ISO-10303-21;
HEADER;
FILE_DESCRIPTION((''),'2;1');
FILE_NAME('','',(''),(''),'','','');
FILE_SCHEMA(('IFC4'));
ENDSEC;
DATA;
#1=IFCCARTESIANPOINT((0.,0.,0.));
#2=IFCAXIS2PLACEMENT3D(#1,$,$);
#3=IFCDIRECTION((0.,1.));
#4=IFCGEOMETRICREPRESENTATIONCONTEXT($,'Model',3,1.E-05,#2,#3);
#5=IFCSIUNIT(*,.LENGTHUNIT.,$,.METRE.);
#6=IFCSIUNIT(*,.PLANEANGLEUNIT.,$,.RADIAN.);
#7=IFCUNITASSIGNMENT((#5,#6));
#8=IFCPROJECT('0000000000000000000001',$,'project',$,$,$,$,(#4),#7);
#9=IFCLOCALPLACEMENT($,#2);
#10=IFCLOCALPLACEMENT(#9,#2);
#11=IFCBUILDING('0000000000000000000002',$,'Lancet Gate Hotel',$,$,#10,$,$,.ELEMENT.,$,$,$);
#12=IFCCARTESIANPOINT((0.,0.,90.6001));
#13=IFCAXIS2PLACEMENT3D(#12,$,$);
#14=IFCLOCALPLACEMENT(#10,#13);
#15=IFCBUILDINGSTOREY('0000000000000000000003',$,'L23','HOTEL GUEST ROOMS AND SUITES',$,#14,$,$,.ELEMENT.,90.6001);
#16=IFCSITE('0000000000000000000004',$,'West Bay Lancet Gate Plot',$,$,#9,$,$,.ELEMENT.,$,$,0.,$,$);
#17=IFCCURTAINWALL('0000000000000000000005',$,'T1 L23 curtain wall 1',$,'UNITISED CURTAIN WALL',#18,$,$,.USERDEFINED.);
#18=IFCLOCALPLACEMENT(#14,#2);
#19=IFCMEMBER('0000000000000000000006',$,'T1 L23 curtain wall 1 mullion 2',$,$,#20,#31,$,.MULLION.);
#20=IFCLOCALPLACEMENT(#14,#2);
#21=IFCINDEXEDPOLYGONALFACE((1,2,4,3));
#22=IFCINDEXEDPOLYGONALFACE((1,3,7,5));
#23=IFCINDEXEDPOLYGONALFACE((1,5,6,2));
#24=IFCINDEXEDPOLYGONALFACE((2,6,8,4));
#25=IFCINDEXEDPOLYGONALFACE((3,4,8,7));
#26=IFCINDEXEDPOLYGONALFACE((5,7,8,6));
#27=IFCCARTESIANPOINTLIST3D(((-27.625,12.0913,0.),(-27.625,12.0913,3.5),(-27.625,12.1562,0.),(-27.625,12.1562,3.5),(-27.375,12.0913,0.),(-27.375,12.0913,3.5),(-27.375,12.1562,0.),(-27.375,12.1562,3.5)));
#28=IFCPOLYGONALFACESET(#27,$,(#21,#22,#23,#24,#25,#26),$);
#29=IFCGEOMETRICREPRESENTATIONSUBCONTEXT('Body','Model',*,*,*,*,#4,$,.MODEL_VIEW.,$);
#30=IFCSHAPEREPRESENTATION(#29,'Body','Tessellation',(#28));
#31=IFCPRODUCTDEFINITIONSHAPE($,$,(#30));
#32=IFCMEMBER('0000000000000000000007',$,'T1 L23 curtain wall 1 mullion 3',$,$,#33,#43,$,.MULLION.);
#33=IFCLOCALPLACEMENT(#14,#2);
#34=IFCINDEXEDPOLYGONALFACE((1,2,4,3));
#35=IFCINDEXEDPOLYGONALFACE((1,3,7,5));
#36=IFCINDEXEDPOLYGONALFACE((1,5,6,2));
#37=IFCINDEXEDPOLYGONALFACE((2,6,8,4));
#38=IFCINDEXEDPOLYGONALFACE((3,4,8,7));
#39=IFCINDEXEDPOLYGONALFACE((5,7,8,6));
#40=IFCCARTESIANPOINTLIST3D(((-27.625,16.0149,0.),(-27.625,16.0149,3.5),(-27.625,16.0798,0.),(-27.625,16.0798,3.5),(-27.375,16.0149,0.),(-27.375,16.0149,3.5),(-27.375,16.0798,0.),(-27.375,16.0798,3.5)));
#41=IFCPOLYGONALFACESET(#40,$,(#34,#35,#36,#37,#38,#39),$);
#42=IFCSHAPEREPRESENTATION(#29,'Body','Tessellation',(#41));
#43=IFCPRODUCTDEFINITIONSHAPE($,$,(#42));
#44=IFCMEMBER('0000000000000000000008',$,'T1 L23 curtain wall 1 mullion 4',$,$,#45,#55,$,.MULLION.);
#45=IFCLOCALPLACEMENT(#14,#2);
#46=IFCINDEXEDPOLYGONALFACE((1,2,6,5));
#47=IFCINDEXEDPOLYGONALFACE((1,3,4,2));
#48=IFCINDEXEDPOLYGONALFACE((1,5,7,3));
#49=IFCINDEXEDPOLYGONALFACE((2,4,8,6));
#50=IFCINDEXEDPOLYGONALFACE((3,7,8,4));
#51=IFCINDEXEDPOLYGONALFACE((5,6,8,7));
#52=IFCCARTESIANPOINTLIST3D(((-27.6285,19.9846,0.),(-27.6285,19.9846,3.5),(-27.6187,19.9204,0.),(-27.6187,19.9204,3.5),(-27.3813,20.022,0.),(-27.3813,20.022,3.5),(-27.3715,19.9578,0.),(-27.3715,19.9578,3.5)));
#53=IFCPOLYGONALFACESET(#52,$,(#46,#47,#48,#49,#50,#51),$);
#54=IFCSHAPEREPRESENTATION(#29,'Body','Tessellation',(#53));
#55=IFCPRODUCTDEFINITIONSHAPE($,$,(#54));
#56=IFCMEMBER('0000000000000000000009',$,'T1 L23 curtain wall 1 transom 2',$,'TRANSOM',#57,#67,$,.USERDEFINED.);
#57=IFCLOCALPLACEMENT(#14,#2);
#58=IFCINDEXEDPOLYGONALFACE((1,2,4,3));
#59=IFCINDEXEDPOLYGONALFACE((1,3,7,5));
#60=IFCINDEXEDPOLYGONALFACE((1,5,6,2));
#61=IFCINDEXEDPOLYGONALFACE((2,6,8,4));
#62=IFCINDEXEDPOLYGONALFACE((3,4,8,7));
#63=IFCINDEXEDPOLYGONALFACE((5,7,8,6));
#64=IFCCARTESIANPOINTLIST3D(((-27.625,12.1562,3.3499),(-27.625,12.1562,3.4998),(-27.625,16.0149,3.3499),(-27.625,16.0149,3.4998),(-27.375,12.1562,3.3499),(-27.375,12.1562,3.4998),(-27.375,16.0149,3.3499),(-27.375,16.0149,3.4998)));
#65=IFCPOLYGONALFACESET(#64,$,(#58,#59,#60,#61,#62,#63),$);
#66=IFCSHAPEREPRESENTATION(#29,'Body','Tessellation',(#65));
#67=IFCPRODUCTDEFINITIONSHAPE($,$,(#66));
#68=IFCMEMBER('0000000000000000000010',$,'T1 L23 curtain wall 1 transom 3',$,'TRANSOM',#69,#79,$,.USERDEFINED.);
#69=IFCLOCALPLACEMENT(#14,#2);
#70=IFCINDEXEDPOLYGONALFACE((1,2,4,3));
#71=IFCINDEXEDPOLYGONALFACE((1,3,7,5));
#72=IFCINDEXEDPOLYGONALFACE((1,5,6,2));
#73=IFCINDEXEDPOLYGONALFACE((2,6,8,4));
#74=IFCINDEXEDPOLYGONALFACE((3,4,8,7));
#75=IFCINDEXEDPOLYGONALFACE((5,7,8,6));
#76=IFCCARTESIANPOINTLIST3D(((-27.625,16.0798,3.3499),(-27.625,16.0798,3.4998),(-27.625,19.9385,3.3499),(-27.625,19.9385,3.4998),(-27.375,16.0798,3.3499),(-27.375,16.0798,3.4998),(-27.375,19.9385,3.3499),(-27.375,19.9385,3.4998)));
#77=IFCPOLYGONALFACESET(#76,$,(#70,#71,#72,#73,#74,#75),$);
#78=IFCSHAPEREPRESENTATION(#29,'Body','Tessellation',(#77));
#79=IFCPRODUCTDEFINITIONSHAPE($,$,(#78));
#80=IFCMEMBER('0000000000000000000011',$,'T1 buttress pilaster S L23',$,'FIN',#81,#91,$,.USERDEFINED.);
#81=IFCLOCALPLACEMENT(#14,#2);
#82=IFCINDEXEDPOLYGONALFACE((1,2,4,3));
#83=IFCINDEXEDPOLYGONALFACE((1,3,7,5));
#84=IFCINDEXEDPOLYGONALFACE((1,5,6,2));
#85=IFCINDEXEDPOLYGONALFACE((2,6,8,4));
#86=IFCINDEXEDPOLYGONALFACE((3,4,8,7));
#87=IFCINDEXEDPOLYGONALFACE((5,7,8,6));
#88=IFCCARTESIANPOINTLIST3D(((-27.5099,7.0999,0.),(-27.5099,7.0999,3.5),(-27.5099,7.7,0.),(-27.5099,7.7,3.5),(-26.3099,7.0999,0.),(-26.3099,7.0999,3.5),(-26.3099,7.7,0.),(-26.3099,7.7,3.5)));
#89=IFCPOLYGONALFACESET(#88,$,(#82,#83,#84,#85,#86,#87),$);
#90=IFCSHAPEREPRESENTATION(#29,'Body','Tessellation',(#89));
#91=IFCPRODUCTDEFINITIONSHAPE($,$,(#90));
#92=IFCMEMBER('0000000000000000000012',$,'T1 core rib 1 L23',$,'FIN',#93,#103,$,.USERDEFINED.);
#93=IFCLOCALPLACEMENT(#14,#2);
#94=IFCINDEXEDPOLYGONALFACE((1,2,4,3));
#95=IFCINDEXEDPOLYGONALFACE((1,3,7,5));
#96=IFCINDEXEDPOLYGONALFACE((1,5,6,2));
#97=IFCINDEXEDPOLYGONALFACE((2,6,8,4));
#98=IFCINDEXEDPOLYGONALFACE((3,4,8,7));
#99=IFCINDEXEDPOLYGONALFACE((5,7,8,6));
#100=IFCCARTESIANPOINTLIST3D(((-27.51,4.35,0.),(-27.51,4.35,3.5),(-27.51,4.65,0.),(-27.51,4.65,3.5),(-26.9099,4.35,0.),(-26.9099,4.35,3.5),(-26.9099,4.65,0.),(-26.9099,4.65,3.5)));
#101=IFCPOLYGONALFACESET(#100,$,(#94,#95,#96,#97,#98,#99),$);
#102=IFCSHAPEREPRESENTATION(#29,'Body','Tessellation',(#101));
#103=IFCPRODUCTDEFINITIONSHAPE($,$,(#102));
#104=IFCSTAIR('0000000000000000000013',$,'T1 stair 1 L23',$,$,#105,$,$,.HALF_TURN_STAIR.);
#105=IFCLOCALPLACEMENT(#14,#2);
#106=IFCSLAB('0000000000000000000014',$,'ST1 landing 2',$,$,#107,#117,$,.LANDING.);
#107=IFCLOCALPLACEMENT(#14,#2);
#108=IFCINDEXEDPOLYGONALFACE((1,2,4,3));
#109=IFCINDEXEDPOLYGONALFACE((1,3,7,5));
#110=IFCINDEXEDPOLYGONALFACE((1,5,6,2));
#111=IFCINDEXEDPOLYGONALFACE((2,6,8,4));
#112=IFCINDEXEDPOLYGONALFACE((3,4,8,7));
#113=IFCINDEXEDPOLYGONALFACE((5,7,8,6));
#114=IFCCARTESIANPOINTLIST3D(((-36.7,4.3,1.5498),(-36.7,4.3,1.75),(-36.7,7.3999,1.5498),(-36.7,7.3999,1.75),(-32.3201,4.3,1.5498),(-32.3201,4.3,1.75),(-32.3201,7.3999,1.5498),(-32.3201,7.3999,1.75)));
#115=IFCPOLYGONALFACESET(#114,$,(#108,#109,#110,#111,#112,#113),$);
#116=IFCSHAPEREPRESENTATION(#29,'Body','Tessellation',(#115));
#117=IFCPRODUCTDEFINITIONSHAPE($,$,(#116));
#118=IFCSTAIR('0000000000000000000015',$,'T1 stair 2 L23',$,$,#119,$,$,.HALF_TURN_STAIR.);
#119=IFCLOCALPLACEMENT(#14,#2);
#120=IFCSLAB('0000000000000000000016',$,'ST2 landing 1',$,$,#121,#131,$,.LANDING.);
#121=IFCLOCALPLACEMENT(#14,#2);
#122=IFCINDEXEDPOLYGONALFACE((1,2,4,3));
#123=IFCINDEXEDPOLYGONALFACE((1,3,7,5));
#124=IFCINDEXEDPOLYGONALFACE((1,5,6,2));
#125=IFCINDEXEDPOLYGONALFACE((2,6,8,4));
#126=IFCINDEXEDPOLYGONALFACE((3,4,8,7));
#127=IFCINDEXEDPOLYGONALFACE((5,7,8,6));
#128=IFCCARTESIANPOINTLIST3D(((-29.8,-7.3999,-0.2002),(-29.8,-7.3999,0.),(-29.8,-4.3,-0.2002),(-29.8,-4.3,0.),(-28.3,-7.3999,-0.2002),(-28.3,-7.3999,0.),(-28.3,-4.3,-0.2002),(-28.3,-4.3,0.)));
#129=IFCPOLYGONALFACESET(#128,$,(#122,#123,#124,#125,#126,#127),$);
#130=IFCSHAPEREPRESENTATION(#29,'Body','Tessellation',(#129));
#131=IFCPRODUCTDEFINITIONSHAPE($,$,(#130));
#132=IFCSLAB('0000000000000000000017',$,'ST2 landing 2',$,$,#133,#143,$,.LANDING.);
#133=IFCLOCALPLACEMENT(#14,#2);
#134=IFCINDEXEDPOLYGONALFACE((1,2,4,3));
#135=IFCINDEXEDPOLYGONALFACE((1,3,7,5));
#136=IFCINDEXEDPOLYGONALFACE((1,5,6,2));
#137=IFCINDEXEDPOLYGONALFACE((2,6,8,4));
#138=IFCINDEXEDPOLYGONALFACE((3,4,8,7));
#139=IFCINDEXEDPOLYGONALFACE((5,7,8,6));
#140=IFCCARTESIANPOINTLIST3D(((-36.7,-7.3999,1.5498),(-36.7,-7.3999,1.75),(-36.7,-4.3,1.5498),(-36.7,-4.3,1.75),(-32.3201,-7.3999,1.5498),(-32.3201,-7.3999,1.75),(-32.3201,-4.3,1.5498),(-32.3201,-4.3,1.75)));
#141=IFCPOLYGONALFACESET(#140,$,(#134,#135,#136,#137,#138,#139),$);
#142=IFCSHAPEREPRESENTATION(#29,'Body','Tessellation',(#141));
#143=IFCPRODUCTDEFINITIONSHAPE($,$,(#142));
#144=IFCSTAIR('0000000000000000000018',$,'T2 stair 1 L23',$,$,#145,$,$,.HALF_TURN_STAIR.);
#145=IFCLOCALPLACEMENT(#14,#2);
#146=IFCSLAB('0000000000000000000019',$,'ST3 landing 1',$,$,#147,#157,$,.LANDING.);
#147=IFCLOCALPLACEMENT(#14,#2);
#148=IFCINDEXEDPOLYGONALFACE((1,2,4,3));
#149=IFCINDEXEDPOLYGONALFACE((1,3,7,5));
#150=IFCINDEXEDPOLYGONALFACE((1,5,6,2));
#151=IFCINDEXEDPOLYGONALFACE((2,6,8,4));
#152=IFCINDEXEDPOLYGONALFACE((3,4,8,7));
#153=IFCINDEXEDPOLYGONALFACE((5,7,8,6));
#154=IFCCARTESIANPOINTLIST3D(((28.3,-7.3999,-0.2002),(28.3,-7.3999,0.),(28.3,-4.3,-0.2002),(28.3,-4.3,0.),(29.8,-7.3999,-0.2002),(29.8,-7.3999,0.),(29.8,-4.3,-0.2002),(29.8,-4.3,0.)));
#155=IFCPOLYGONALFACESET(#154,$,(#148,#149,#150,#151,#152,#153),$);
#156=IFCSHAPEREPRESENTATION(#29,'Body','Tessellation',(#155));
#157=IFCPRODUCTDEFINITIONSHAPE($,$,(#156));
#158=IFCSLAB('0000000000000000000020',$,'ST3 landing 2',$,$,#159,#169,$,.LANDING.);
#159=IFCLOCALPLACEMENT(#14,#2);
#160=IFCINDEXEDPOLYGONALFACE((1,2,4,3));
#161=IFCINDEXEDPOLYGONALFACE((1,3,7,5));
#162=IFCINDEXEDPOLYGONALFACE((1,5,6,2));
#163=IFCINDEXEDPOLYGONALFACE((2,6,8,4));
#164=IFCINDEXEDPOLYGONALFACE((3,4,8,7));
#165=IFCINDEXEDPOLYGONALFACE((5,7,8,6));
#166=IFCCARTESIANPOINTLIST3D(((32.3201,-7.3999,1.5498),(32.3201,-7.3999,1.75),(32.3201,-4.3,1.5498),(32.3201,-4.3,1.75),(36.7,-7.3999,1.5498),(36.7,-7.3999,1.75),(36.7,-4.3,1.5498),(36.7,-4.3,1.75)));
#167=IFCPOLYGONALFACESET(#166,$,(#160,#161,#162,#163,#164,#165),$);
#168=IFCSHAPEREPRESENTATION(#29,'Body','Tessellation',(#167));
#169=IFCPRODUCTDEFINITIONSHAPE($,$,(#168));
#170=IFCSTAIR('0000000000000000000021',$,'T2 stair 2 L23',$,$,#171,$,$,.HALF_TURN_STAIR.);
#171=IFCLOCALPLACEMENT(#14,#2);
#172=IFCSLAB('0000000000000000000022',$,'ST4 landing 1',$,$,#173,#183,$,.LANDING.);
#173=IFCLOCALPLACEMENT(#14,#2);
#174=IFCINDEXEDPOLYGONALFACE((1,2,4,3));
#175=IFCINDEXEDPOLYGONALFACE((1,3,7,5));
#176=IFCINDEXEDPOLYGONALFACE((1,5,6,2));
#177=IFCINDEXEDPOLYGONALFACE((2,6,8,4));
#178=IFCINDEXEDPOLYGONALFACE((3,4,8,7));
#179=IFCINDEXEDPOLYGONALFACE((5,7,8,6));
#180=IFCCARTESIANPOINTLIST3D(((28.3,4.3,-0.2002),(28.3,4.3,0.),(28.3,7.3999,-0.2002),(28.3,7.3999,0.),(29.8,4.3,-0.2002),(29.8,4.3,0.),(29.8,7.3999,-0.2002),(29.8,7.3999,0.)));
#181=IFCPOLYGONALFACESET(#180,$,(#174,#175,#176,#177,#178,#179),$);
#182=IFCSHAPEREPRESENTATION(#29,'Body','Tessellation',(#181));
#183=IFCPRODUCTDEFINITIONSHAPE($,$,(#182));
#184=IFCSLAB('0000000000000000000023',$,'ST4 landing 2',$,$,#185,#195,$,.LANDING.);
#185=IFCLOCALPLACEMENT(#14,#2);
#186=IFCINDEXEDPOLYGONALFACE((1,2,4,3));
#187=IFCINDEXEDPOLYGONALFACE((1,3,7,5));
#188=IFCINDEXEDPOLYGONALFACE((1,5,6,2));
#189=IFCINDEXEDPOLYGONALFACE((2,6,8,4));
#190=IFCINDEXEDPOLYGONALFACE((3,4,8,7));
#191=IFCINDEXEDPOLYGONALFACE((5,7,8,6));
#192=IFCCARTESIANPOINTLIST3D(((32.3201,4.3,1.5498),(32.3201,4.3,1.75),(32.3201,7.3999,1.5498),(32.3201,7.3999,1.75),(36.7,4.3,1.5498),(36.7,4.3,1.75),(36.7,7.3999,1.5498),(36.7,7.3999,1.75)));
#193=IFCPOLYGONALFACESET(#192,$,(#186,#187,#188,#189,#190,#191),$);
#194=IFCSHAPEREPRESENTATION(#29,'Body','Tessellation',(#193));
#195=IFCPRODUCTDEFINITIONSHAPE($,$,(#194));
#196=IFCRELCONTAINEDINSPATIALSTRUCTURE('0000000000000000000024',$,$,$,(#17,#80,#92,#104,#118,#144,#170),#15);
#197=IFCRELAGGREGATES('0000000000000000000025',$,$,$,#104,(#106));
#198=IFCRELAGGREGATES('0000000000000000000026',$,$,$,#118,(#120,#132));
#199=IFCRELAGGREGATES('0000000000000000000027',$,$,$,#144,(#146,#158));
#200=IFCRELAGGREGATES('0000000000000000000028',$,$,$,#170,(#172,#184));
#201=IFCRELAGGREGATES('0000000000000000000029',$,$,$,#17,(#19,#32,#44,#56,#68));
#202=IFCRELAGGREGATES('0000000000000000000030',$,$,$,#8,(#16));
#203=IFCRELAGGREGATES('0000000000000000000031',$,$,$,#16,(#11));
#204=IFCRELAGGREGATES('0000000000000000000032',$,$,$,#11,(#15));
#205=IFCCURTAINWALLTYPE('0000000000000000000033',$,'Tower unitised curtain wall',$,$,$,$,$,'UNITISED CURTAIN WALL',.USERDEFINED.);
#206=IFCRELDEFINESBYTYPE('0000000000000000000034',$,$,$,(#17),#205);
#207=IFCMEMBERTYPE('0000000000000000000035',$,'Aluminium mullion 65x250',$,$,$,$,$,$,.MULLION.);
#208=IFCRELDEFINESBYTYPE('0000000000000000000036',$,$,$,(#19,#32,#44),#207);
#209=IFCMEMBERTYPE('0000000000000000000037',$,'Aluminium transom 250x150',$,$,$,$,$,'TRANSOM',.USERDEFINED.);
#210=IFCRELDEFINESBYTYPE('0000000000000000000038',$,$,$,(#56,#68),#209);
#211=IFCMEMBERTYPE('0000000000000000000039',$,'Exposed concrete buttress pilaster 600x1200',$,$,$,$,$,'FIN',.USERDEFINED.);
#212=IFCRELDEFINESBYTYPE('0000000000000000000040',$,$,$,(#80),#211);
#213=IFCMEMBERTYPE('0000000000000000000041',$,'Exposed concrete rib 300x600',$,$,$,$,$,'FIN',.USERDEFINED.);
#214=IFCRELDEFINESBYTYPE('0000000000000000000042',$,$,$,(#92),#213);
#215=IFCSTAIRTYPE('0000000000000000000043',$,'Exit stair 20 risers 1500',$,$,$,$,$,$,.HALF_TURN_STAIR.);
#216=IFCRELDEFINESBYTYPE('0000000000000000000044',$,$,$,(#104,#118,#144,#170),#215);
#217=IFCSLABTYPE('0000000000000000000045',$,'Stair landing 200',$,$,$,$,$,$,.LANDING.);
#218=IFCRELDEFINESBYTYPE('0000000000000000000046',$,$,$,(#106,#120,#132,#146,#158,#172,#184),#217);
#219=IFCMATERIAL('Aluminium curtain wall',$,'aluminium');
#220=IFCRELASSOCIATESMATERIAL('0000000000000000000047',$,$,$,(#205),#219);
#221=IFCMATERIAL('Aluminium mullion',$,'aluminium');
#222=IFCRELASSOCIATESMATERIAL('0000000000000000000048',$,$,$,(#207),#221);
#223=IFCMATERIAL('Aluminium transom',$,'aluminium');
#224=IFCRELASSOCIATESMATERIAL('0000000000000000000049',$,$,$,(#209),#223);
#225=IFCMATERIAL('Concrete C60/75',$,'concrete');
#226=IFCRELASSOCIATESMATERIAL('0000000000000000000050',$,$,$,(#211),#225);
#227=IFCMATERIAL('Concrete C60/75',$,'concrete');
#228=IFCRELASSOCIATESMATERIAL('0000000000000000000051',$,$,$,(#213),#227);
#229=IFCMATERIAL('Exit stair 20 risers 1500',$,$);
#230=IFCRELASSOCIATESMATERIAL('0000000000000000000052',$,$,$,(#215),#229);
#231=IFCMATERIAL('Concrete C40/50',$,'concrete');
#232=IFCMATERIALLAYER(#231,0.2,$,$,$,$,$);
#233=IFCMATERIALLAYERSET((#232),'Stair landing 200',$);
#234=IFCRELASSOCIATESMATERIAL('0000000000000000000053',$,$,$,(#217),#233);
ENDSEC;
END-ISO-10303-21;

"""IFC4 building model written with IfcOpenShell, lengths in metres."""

from ifc_helpers import new_model, si_unit, direction, frame, origin, origin_2d, place, context, subcontext, project, spatial, polyline, rectangle, outline, extrude, material, layer, layer_set, material_profile, profile_set, type_object, element, aggregate, save


model = new_model("IFC4")

# Units and contexts
model_context = context("Model", 3, precision=1e-05, world=origin(), true_north=direction((0.0, 1.0)))
body_context = subcontext(model_context, "Body", "Model", "MODEL_VIEW")
ifc_project = project(units=[si_unit("LENGTHUNIT", "METRE"), si_unit("PLANEANGLEUNIT", "RADIAN")], contexts=[model_context])

# Site, building, storey
site_placement = place(None, origin())
site = spatial("IfcSite", under=ifc_project, at=site_placement, Name="West Bay Lancet Gate Plot", CompositionType="ELEMENT", RefElevation=0.0)
building_placement = place(site_placement, origin())
building = spatial("IfcBuilding", under=site, at=building_placement, Name="Lancet Gate Hotel", CompositionType="ELEMENT")
storey_placement = place(building_placement, frame((0.0, 0.0, 90.6001)))
storey = spatial("IfcBuildingStorey", under=building, at=storey_placement, Name="L23", Description="HOTEL GUEST ROOMS AND SUITES", CompositionType="ELEMENT", Elevation=90.6001)

# Curtain wall, members
ifc_material_1 = material(Name="Aluminium curtain wall", Category="aluminium")
curtain_wall_type = type_object("IfcCurtainWallType", Name="Tower unitised curtain wall", ElementType="UNITISED CURTAIN WALL", PredefinedType="USERDEFINED", material=ifc_material_1)
curtain_wall_placement = place(storey_placement, origin())
curtain_wall = element("IfcCurtainWall", 1, at=curtain_wall_placement, inside=storey, type_object=curtain_wall_type, Name="T1 L23 curtain wall 1", ObjectType="UNITISED CURTAIN WALL", PredefinedType="USERDEFINED")
ifc_material_2 = material(Name="Aluminium mullion", Category="aluminium")
ifc_material_profile_1 = material_profile(ifc_material_2, rectangle(XDim=0.0649, YDim=0.25, at=origin_2d()), Name="MULLION 65x250")
ifc_profile_set_1 = profile_set([ifc_material_profile_1], Name="Aluminium mullion")
member_type_1 = type_object("IfcMemberType", Name="Aluminium mullion 65x250", PredefinedType="MULLION", material=ifc_profile_set_1)
member_1_placement = place(storey_placement, frame((-27.5, 12.1238, 0.0), z_axis=(0.0, 0.0, 1.0), x_axis=(0.0, 1.0, 0.0)))
member_1 = element("IfcMember", 2, at=member_1_placement, type_object=member_type_1, Name="T1 L23 curtain wall 1 mullion 2", PredefinedType="MULLION", context=body_context, shape_type="SweptSolid", body=[
    extrude(rectangle(XDim=0.0649, YDim=0.25, at=origin_2d()), origin(), (0.0, 0.0, 1.0), 3.5),
])
member_2_placement = place(storey_placement, frame((-27.5, 16.0474, 0.0), z_axis=(0.0, 0.0, 1.0), x_axis=(0.0, 1.0, 0.0)))
member_2 = element("IfcMember", 3, at=member_2_placement, type_object=member_type_1, Name="T1 L23 curtain wall 1 mullion 3", PredefinedType="MULLION", context=body_context, shape_type="SweptSolid", body=[
    extrude(rectangle(XDim=0.0649, YDim=0.25, at=origin_2d()), origin(), (0.0, 0.0, 1.0), 3.5),
])
member_3_placement = place(storey_placement, frame((-27.5, 19.9712, 0.0), z_axis=(0.0, 0.0, 1.0), x_axis=(-0.149634, 0.988741, 0.0)))
member_3 = element("IfcMember", 4, at=member_3_placement, type_object=member_type_1, Name="T1 L23 curtain wall 1 mullion 4", PredefinedType="MULLION", context=body_context, shape_type="SweptSolid", body=[
    extrude(rectangle(XDim=0.0649, YDim=0.25, at=origin_2d()), origin(), (0.0, 0.0, 1.0), 3.5),
])
ifc_material_3 = material(Name="Aluminium transom", Category="aluminium")
ifc_material_profile_2 = material_profile(ifc_material_3, rectangle(XDim=0.25, YDim=0.1499, at=origin_2d()), Name="TRANSOM 250x150")
ifc_profile_set_2 = profile_set([ifc_material_profile_2], Name="Aluminium transom")
member_type_2 = type_object("IfcMemberType", Name="Aluminium transom 250x150", ElementType="TRANSOM", PredefinedType="USERDEFINED", material=ifc_profile_set_2)
member_4_placement = place(storey_placement, frame((-27.5, 12.1562, 3.4248), z_axis=(0.0, 1.0, 0.0), x_axis=(-1.0, 0.0, 0.0)))
member_4 = element("IfcMember", 5, at=member_4_placement, type_object=member_type_2, Name="T1 L23 curtain wall 1 transom 2", ObjectType="TRANSOM", PredefinedType="USERDEFINED", context=body_context, shape_type="SweptSolid", body=[
    extrude(rectangle(XDim=0.25, YDim=0.1499, at=origin_2d()), origin(), (0.0, 0.0, 1.0), 3.8586),
])
member_5_placement = place(storey_placement, frame((-27.5, 16.0798, 3.4248), z_axis=(0.0, 1.0, 0.0), x_axis=(-1.0, 0.0, 0.0)))
member_5 = element("IfcMember", 6, at=member_5_placement, type_object=member_type_2, Name="T1 L23 curtain wall 1 transom 3", ObjectType="TRANSOM", PredefinedType="USERDEFINED", context=body_context, shape_type="SweptSolid", body=[
    extrude(rectangle(XDim=0.25, YDim=0.1499, at=origin_2d()), origin(), (0.0, 0.0, 1.0), 3.8586),
])

# Members
ifc_material_4 = material(Name="Concrete C60/75", Category="concrete")
ifc_material_profile_3 = material_profile(ifc_material_4, rectangle(XDim=0.6001, YDim=1.2, at=origin_2d()), Name="FIN 600x1200")
ifc_profile_set_3 = profile_set([ifc_material_profile_3], Name="Concrete C60/75")
member_type_3 = type_object("IfcMemberType", Name="Exposed concrete buttress pilaster 600x1200", ElementType="FIN", PredefinedType="USERDEFINED", material=ifc_profile_set_3)
member_6_placement = place(storey_placement, frame((-26.9099, 7.3999, 0.0), z_axis=(0.0, 0.0, 1.0), x_axis=(0.0, 1.0, 0.0)))
element("IfcMember", 7, at=member_6_placement, inside=storey, type_object=member_type_3, Name="T1 buttress pilaster S L23", ObjectType="FIN", PredefinedType="USERDEFINED", context=body_context, shape_type="SweptSolid", body=[
    extrude(rectangle(XDim=0.6001, YDim=1.2, at=origin_2d()), origin(), (0.0, 0.0, 1.0), 3.5),
])
ifc_material_5 = material(Name="Concrete C60/75", Category="concrete")
ifc_material_profile_4 = material_profile(ifc_material_5, rectangle(XDim=0.3, YDim=0.6001, at=origin_2d()), Name="FIN 300x600")
ifc_profile_set_4 = profile_set([ifc_material_profile_4], Name="Concrete C60/75")
member_type_4 = type_object("IfcMemberType", Name="Exposed concrete rib 300x600", ElementType="FIN", PredefinedType="USERDEFINED", material=ifc_profile_set_4)
member_7_placement = place(storey_placement, frame((-27.21, 4.5, 0.0), z_axis=(0.0, 0.0, 1.0), x_axis=(0.0, 1.0, 0.0)))
element("IfcMember", 8, at=member_7_placement, inside=storey, type_object=member_type_4, Name="T1 core rib 1 L23", ObjectType="FIN", PredefinedType="USERDEFINED", context=body_context, shape_type="SweptSolid", body=[
    extrude(rectangle(XDim=0.3, YDim=0.6001, at=origin_2d()), origin(), (0.0, 0.0, 1.0), 3.5),
])

# Stair, slab
ifc_material_6 = material(Name="Exit stair 20 risers 1500")
stair_type = type_object("IfcStairType", Name="Exit stair 20 risers 1500", PredefinedType="HALF_TURN_STAIR", material=ifc_material_6)
stair_1_placement = place(storey_placement, origin())
stair_1 = element("IfcStair", 9, at=stair_1_placement, inside=storey, type_object=stair_type, Name="T1 stair 1 L23", PredefinedType="HALF_TURN_STAIR")
ifc_material_7 = material(Name="Concrete C40/50", Category="concrete")
ifc_layer_1 = layer(ifc_material_7, 0.2)
ifc_layer_set_1 = layer_set([ifc_layer_1], Name="Stair landing 200")
slab_type = type_object("IfcSlabType", Name="Stair landing 200", PredefinedType="LANDING", material=ifc_layer_set_1)
slab_1_placement = place(storey_placement, frame((0.0, 0.0, 1.5498)))
slab_1 = element("IfcSlab", 10, at=slab_1_placement, type_object=slab_type, Name="ST1 landing 2", PredefinedType="LANDING", context=body_context, shape_type="SweptSolid", body=[
    extrude(outline(polyline([(-32.3201, 7.3999), (-36.7, 7.3999), (-36.7, 4.3), (-32.3201, 4.3), (-32.3201, 7.3999)])), origin(), (0.0, 0.0, 1.0), 0.2002),
])
aggregate(stair_1, [slab_1])

# Stairs, slabs
stair_2_placement = place(storey_placement, origin())
stair_2 = element("IfcStair", 11, at=stair_2_placement, inside=storey, type_object=stair_type, Name="T1 stair 2 L23", PredefinedType="HALF_TURN_STAIR")
slab_2_placement = place(storey_placement, frame((0.0, 0.0, -0.2002)))
slab_2 = element("IfcSlab", 12, at=slab_2_placement, type_object=slab_type, Name="ST2 landing 1", PredefinedType="LANDING", context=body_context, shape_type="SweptSolid", body=[
    extrude(outline(polyline([(-28.3, -4.3), (-29.8, -4.3), (-29.8, -7.3999), (-28.3, -7.3999), (-28.3, -4.3)])), origin(), (0.0, 0.0, 1.0), 0.2002),
])
slab_3_placement = place(storey_placement, frame((0.0, 0.0, 1.5498)))
slab_3 = element("IfcSlab", 13, at=slab_3_placement, type_object=slab_type, Name="ST2 landing 2", PredefinedType="LANDING", context=body_context, shape_type="SweptSolid", body=[
    extrude(outline(polyline([(-32.3201, -4.3), (-36.7, -4.3), (-36.7, -7.3999), (-32.3201, -7.3999), (-32.3201, -4.3)])), origin(), (0.0, 0.0, 1.0), 0.2002),
])
aggregate(stair_2, [slab_2, slab_3])
stair_3_placement = place(storey_placement, origin())
stair_3 = element("IfcStair", 14, at=stair_3_placement, inside=storey, type_object=stair_type, Name="T2 stair 1 L23", PredefinedType="HALF_TURN_STAIR")
slab_4_placement = place(storey_placement, frame((0.0, 0.0, -0.2002)))
slab_4 = element("IfcSlab", 15, at=slab_4_placement, type_object=slab_type, Name="ST3 landing 1", PredefinedType="LANDING", context=body_context, shape_type="SweptSolid", body=[
    extrude(outline(polyline([(28.3, -7.3999), (29.8, -7.3999), (29.8, -4.3), (28.3, -4.3), (28.3, -7.3999)])), origin(), (0.0, 0.0, 1.0), 0.2002),
])
slab_5_placement = place(storey_placement, frame((0.0, 0.0, 1.5498)))
slab_5 = element("IfcSlab", 16, at=slab_5_placement, type_object=slab_type, Name="ST3 landing 2", PredefinedType="LANDING", context=body_context, shape_type="SweptSolid", body=[
    extrude(outline(polyline([(32.3201, -7.3999), (36.7, -7.3999), (36.7, -4.3), (32.3201, -4.3), (32.3201, -7.3999)])), origin(), (0.0, 0.0, 1.0), 0.2002),
])
aggregate(stair_3, [slab_4, slab_5])
stair_4_placement = place(storey_placement, origin())
stair_4 = element("IfcStair", 17, at=stair_4_placement, inside=storey, type_object=stair_type, Name="T2 stair 2 L23", PredefinedType="HALF_TURN_STAIR")
slab_6_placement = place(storey_placement, frame((0.0, 0.0, -0.2002)))
slab_6 = element("IfcSlab", 18, at=slab_6_placement, type_object=slab_type, Name="ST4 landing 1", PredefinedType="LANDING", context=body_context, shape_type="SweptSolid", body=[
    extrude(outline(polyline([(28.3, 4.3), (29.8, 4.3), (29.8, 7.3999), (28.3, 7.3999), (28.3, 4.3)])), origin(), (0.0, 0.0, 1.0), 0.2002),
])
slab_7_placement = place(storey_placement, frame((0.0, 0.0, 1.5498)))
slab_7 = element("IfcSlab", 19, at=slab_7_placement, type_object=slab_type, Name="ST4 landing 2", PredefinedType="LANDING", context=body_context, shape_type="SweptSolid", body=[
    extrude(outline(polyline([(32.3201, 4.3), (36.7, 4.3), (36.7, 7.3999), (32.3201, 7.3999), (32.3201, 4.3)])), origin(), (0.0, 0.0, 1.0), 0.2002),
])
aggregate(stair_4, [slab_6, slab_7])

aggregate(curtain_wall, [member_1, member_2, member_3, member_4, member_5])

save(model, "model.ifc")
